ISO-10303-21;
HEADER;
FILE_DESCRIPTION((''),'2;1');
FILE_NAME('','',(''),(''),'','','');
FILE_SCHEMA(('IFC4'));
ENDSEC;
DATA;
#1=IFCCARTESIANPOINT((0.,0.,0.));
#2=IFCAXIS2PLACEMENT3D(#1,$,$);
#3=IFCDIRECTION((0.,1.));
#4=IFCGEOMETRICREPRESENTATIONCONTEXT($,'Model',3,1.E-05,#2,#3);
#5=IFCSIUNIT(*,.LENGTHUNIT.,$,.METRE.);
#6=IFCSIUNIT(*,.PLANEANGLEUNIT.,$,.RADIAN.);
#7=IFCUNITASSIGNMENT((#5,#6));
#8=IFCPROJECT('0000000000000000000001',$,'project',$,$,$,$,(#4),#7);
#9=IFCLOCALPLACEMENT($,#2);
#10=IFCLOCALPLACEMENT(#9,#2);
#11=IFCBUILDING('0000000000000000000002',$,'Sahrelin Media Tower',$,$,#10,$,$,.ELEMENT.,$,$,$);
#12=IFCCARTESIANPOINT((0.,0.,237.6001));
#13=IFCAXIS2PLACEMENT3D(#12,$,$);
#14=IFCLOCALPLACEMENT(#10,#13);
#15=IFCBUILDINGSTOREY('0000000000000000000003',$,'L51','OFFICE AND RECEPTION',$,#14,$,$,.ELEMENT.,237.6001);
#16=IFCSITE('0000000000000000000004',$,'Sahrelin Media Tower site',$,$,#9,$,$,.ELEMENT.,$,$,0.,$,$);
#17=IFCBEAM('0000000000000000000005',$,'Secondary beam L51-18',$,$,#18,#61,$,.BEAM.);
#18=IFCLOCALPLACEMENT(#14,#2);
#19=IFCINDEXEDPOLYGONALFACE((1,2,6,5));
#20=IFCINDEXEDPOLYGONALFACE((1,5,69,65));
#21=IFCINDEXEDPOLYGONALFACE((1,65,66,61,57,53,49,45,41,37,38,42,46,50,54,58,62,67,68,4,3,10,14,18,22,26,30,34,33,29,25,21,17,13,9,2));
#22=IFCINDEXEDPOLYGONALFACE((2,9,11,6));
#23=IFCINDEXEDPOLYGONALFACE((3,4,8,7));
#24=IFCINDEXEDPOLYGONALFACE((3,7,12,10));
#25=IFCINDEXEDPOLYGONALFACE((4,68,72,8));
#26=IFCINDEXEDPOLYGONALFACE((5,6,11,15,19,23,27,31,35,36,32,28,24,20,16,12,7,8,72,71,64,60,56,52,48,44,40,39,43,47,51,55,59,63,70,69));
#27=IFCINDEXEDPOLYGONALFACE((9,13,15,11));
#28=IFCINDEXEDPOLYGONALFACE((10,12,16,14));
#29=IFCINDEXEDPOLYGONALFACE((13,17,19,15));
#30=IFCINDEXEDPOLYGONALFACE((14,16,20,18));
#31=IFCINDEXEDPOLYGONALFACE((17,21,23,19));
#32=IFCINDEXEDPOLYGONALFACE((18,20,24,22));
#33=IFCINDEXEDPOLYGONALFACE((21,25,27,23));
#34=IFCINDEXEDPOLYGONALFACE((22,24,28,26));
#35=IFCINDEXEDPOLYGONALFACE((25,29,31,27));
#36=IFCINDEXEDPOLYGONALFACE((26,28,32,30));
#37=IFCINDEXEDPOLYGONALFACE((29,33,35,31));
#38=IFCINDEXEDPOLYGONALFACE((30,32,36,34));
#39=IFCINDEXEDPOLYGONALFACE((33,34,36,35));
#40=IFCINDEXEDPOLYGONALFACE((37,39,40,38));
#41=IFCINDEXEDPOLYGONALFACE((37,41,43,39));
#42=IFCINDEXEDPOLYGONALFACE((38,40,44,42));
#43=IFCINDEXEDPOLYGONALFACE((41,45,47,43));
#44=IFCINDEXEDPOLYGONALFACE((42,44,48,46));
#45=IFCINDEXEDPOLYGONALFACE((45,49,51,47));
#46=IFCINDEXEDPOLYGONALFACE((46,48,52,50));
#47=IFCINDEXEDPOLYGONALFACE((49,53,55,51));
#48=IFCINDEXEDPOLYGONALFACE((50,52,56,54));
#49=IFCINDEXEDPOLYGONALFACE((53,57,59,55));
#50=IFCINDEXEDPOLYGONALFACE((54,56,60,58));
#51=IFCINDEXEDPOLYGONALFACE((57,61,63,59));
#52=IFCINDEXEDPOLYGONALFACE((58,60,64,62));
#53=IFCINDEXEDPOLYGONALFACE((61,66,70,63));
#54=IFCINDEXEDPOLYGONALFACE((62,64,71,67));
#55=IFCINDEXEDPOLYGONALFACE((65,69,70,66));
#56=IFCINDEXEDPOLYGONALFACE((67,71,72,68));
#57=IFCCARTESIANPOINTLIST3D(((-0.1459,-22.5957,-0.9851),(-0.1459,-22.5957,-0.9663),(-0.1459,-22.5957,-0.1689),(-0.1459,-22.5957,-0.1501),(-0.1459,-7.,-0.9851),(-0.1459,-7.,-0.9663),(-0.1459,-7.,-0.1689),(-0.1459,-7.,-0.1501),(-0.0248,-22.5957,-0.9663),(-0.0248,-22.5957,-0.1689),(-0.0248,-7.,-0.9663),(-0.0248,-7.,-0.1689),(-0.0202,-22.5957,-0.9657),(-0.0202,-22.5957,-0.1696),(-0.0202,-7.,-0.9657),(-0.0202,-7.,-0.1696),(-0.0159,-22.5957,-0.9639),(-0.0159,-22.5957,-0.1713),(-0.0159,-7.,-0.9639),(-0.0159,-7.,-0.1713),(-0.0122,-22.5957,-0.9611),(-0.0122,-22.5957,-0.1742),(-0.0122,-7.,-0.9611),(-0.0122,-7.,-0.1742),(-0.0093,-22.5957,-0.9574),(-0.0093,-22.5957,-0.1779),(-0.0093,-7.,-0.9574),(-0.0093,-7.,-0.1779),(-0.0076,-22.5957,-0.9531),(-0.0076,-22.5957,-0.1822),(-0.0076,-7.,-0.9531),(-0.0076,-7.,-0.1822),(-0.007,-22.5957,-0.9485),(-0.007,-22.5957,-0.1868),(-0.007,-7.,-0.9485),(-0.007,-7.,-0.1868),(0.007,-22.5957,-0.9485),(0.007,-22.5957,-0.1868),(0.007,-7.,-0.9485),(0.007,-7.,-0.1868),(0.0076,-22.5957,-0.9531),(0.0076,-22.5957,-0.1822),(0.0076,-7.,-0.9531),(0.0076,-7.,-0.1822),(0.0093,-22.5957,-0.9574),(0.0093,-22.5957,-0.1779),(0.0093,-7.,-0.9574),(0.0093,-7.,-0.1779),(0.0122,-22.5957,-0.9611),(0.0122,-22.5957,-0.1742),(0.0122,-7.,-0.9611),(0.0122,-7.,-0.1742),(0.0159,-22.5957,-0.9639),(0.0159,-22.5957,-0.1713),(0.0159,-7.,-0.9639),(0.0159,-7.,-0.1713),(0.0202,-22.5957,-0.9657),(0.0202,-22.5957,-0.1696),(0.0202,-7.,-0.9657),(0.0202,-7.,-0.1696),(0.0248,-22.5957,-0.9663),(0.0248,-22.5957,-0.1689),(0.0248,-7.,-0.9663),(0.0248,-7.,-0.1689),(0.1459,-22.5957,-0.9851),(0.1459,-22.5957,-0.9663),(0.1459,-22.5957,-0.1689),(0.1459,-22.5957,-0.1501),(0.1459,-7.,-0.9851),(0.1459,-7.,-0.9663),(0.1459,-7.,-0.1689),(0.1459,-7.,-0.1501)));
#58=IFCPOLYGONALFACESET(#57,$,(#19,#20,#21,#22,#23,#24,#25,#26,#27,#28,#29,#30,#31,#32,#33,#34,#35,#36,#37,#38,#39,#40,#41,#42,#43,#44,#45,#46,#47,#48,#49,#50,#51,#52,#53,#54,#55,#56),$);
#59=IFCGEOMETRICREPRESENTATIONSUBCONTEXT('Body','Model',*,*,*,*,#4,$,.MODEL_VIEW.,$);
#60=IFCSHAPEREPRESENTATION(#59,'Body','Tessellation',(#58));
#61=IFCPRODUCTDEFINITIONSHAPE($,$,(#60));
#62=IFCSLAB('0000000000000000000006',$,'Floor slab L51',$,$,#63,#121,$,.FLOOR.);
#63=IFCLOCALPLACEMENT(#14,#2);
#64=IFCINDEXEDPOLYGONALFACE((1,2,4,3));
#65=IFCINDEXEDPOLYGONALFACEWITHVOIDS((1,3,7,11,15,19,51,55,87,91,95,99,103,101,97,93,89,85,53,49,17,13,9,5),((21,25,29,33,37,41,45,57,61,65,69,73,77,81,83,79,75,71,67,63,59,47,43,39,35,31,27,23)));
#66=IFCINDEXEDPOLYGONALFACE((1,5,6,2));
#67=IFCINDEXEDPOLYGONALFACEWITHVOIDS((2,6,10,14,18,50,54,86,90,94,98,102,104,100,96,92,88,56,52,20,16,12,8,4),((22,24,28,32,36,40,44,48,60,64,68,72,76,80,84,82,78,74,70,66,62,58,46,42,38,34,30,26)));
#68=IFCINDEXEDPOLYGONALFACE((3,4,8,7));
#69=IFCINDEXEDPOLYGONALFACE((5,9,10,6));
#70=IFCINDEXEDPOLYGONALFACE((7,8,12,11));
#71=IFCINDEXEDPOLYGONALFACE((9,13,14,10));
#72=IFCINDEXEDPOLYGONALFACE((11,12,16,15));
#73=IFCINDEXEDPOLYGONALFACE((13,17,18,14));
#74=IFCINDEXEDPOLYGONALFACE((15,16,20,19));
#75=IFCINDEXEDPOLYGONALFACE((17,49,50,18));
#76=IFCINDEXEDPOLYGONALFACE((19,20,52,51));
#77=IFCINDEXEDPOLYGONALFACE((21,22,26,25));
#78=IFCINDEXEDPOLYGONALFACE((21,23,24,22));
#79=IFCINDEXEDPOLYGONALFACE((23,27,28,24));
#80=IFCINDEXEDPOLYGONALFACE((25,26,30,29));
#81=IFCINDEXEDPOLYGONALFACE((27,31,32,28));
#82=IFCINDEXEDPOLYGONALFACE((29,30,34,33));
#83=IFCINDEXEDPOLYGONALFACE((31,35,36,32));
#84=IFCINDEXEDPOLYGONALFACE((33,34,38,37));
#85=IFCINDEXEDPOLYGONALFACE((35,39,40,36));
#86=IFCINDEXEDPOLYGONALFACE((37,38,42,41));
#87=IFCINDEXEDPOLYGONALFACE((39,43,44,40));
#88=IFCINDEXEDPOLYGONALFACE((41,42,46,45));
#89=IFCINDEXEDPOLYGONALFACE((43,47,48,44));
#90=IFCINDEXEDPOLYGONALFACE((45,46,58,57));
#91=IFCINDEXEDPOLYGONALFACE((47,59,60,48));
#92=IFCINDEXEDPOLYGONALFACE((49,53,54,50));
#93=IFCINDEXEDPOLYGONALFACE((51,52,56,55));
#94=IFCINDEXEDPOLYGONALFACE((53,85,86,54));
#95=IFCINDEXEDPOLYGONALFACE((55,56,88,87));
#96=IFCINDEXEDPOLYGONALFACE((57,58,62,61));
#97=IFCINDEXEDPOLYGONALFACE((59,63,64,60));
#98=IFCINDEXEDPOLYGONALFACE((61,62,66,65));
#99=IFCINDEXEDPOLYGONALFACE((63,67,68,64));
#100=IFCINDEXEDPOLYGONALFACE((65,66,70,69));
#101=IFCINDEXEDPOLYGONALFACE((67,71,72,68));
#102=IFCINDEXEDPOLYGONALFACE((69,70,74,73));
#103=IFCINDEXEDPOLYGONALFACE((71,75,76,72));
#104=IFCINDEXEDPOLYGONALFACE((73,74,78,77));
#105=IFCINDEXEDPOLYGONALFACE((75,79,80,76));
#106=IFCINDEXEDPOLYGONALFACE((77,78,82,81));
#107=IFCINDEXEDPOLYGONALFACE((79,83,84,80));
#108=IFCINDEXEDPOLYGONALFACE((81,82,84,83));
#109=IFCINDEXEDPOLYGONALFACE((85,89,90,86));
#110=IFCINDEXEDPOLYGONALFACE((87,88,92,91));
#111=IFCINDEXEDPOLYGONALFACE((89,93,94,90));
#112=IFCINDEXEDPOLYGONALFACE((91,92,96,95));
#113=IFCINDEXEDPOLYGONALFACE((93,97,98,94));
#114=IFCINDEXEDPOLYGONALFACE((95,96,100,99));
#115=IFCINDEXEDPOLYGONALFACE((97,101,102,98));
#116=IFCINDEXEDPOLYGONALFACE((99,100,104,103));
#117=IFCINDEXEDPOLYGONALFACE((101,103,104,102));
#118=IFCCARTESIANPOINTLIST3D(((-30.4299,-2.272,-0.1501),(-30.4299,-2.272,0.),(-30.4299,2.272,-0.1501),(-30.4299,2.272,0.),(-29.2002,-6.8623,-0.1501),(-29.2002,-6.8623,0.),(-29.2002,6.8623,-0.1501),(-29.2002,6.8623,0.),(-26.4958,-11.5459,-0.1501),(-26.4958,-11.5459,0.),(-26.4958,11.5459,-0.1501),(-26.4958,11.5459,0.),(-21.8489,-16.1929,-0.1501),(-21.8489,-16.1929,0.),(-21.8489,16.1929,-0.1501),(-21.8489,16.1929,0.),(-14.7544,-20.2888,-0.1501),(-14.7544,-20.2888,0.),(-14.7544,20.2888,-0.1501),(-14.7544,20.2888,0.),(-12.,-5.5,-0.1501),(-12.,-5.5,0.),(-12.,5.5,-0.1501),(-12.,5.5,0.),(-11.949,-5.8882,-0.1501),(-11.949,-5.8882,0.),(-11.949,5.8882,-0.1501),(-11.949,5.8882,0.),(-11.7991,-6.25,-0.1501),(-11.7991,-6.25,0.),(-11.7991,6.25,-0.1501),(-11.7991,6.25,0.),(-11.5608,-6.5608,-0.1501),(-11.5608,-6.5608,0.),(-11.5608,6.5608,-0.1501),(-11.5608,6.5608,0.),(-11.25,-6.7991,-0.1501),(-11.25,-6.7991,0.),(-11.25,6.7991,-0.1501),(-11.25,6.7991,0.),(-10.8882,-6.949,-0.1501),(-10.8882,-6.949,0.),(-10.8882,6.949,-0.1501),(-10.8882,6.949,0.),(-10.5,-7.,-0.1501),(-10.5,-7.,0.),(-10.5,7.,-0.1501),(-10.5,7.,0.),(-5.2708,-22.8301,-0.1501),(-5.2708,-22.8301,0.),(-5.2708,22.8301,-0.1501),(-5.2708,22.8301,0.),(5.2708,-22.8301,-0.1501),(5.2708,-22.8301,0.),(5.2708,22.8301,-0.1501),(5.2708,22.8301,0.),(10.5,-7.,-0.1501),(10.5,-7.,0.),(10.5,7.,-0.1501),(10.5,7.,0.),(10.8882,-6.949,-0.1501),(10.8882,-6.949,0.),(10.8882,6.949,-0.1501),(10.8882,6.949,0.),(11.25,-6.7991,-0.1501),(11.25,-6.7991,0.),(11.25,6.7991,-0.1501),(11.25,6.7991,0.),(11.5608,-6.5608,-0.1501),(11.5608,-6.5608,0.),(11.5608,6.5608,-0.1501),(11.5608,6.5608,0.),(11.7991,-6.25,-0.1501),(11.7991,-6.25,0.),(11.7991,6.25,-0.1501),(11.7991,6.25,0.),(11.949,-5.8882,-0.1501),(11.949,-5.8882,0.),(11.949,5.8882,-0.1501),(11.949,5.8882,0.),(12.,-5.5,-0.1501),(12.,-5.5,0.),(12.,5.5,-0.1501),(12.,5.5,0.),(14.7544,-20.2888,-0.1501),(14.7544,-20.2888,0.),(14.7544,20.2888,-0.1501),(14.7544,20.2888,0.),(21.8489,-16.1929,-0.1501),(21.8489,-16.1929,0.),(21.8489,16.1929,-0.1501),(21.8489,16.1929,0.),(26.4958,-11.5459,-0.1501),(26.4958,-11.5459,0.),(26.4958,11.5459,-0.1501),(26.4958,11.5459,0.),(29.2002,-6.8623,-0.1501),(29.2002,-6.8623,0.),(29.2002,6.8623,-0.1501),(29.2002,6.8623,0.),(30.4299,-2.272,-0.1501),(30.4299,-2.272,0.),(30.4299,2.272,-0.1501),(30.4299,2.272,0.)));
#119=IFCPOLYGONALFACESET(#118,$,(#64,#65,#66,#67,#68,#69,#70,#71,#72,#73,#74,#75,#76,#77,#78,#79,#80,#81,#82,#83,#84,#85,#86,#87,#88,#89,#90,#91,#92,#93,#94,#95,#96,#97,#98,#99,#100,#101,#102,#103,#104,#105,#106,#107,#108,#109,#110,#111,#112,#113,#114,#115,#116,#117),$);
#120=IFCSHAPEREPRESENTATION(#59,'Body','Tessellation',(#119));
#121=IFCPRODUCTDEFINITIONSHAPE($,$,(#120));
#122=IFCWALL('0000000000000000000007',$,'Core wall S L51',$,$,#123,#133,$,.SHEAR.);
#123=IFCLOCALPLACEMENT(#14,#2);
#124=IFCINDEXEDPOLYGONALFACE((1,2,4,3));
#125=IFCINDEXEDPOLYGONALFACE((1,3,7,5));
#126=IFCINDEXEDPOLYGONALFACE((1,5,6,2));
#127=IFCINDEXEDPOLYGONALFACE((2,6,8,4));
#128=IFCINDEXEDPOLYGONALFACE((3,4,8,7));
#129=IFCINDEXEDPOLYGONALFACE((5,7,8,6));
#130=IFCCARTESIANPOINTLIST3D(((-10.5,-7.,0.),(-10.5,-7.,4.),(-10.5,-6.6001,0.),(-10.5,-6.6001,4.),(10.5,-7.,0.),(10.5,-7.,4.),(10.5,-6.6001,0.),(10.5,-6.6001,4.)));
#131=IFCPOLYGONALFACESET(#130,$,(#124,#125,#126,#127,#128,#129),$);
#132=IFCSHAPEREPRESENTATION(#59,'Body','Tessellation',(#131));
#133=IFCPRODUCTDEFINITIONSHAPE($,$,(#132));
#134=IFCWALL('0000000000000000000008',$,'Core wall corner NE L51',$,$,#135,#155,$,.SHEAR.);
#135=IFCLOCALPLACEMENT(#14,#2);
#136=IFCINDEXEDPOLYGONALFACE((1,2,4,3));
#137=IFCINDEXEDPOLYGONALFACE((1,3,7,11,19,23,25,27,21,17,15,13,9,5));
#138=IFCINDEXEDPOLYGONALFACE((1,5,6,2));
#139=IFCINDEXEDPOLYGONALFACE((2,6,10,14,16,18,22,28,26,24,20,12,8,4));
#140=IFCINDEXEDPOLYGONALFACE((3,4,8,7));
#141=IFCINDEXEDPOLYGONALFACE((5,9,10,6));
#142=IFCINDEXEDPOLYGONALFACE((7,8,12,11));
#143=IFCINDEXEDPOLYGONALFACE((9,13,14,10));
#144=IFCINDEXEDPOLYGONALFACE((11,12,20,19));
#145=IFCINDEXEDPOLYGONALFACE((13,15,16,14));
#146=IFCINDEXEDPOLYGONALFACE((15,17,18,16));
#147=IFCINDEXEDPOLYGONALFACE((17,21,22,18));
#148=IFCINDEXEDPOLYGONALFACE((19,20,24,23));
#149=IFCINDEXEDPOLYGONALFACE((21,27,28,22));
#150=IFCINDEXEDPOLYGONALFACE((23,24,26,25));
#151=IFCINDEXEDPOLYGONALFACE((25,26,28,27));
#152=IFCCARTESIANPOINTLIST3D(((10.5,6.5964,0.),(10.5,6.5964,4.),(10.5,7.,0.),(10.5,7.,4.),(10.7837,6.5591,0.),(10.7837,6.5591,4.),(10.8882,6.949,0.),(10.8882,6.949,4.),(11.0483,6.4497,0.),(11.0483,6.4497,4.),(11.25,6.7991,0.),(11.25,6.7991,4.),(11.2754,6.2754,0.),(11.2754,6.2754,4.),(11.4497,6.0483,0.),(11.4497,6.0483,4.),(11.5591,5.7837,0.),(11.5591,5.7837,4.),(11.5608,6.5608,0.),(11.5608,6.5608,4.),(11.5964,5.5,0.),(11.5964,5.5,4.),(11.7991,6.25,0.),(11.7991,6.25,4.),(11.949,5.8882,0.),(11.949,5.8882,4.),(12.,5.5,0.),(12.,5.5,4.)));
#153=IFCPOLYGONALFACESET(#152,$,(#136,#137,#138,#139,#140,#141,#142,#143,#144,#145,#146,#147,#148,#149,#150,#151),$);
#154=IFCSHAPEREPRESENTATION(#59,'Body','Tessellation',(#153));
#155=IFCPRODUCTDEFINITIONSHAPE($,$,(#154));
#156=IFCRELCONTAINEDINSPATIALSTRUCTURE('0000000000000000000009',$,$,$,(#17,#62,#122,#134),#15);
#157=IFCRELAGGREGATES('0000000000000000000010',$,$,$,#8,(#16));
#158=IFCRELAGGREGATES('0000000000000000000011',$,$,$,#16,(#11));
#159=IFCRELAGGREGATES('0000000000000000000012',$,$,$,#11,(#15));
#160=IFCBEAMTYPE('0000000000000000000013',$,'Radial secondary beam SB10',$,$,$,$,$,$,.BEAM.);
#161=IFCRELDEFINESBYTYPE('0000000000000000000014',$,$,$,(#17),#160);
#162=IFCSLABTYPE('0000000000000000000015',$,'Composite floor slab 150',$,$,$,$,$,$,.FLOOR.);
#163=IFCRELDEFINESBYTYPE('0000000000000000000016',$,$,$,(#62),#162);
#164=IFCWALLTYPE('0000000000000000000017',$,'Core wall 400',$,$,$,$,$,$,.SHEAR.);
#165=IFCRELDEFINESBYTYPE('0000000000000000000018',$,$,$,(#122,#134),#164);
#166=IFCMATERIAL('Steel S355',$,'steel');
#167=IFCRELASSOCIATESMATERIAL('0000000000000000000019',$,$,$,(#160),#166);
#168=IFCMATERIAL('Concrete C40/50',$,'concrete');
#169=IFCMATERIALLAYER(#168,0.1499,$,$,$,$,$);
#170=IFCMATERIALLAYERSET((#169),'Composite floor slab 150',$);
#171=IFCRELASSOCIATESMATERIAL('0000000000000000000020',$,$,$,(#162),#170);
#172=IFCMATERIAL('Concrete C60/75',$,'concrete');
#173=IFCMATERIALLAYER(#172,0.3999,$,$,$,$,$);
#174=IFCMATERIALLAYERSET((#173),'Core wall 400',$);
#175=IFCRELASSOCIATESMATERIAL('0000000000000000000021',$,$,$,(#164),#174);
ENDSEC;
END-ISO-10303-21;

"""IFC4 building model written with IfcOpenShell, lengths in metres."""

from ifc_helpers import new_model, si_unit, direction, frame, frame_2d, origin, origin_2d, place, context, subcontext, project, spatial, polyline, rectangle, i_section, outline, extrude, material, layer, layer_set, material_profile, profile_set, type_object, element, save


model = new_model("IFC4")

# Units and contexts
model_context = context("Model", 3, precision=1e-05, world=origin(), true_north=direction((0.0, 1.0)))
body_context = subcontext(model_context, "Body", "Model", "MODEL_VIEW")
ifc_project = project(units=[si_unit("LENGTHUNIT", "METRE"), si_unit("PLANEANGLEUNIT", "RADIAN")], contexts=[model_context])

# Site, building, storey
site_placement = place(None, origin())
site = spatial("IfcSite", under=ifc_project, at=site_placement, Name="Sahrelin Media Tower site", CompositionType="ELEMENT", RefElevation=0.0)
building_placement = place(site_placement, origin())
building = spatial("IfcBuilding", under=site, at=building_placement, Name="Sahrelin Media Tower", CompositionType="ELEMENT")
storey_placement = place(building_placement, frame((0.0, 0.0, 237.6001)))
storey = spatial("IfcBuildingStorey", under=building, at=storey_placement, Name="L51", Description="OFFICE AND RECEPTION", CompositionType="ELEMENT", Elevation=237.6001)

# Beam
ifc_material_1 = material(Name="Steel S355", Category="steel")
ifc_material_profile = material_profile(ifc_material_1, i_section(OverallWidth=0.2917, OverallDepth=0.835, WebThickness=0.0139, FlangeThickness=0.0188, FilletRadius=0.0178, at=origin_2d()), Name="UB 838x292x176")
ifc_profile_set = profile_set([ifc_material_profile], Name="Steel S355")
beam_type = type_object("IfcBeamType", Name="Radial secondary beam SB10", PredefinedType="BEAM", material=ifc_profile_set)
beam_placement = place(storey_placement, frame((0.0, -7.0, -0.5676), z_axis=(0.0, -1.0, 0.0), x_axis=(1.0, 0.0, 0.0)))
element("IfcBeam", 1, at=beam_placement, inside=storey, type_object=beam_type, Name="Secondary beam L51-18", PredefinedType="BEAM", context=body_context, shape_type="SweptSolid", body=[
    extrude(i_section(OverallWidth=0.2917, OverallDepth=0.835, WebThickness=0.0139, FlangeThickness=0.0188, FilletRadius=0.0178, at=origin_2d()), origin(), (0.0, 0.0, 1.0), 15.5957),
])

# Slab
ifc_material_2 = material(Name="Concrete C40/50", Category="concrete")
ifc_layer_1 = layer(ifc_material_2, 0.1499)
ifc_layer_set_1 = layer_set([ifc_layer_1], Name="Composite floor slab 150")
slab_type = type_object("IfcSlabType", Name="Composite floor slab 150", PredefinedType="FLOOR", material=ifc_layer_set_1)
slab_placement = place(storey_placement, frame((0.0, 0.0, -0.1501)))
element("IfcSlab", 2, at=slab_placement, inside=storey, type_object=slab_type, Name="Floor slab L51", PredefinedType="FLOOR", context=body_context, shape_type="SweptSolid", body=[
    extrude(outline(polyline([(30.4299, -2.272), (30.4299, 2.272), (29.2002, 6.8623), (26.4958, 11.5459), (21.8489, 16.1929), (14.7544, 20.2888), (5.2708, 22.8301), (-5.2708, 22.8301), (-14.7544, 20.2888), (-21.8489, 16.1929), (-26.4958, 11.5459), (-29.2002, 6.8623), (-30.4299, 2.272), (-30.4299, -2.272), (-29.2002, -6.8623), (-26.4958, -11.5459), (-21.8489, -16.1929), (-14.7544, -20.2888), (-5.2708, -22.8301), (5.2708, -22.8301), (14.7544, -20.2888), (21.8489, -16.1929), (26.4958, -11.5459), (29.2002, -6.8623), (30.4299, -2.272)]), holes=[polyline([(11.949, 5.8882), (12.0, 5.5), (12.0, -5.5), (11.949, -5.8882), (11.7991, -6.25), (11.5608, -6.5608), (11.25, -6.7991), (10.8882, -6.949), (10.5, -7.0), (-10.5, -7.0), (-10.8882, -6.949), (-11.25, -6.7991), (-11.5608, -6.5608), (-11.7991, -6.25), (-11.949, -5.8882), (-12.0, -5.5), (-12.0, 5.5), (-11.949, 5.8882), (-11.7991, 6.25), (-11.5608, 6.5608), (-11.25, 6.7991), (-10.8882, 6.949), (-10.5, 7.0), (10.5, 7.0), (10.8882, 6.949), (11.25, 6.7991), (11.5608, 6.5608), (11.7991, 6.25), (11.949, 5.8882)])]), origin(), (0.0, 0.0, 1.0), 0.1501),
])

# Walls
ifc_material_3 = material(Name="Concrete C60/75", Category="concrete")
ifc_layer_2 = layer(ifc_material_3, 0.3999)
ifc_layer_set_2 = layer_set([ifc_layer_2], Name="Core wall 400")
wall_type_1 = type_object("IfcWallType", Name="Core wall 400", PredefinedType="SHEAR", material=ifc_layer_set_2)
wall_1_placement = place(storey_placement, frame((-10.5, -6.8, 0.0), z_axis=(0.0, 0.0, 1.0), x_axis=(1.0, 0.0, 0.0)))
element("IfcWall", 3, at=wall_1_placement, inside=storey, type_object=wall_type_1, Name="Core wall S L51", PredefinedType="SHEAR", context=body_context, shape_type="SweptSolid", body=[
    extrude(rectangle(XDim=21.0, YDim=0.3999, at=frame_2d((10.5, 0.0))), origin(), (0.0, 0.0, 1.0), 4.0),
])
wall_2_placement = place(storey_placement, origin())
element("IfcWall", 4, at=wall_2_placement, inside=storey, type_object=wall_type_1, Name="Core wall corner NE L51", PredefinedType="SHEAR", context=body_context, shape_type="SweptSolid", body=[
    extrude(outline(polyline([(10.5, 7.0), (10.5, 6.5964), (10.7837, 6.5591), (11.0483, 6.4497), (11.2754, 6.2754), (11.4497, 6.0483), (11.5591, 5.7837), (11.5964, 5.5), (12.0, 5.5), (11.949, 5.8882), (11.7991, 6.25), (11.5608, 6.5608), (11.25, 6.7991), (10.8882, 6.949), (10.5, 7.0)])), origin(), (0.0, 0.0, 1.0), 4.0),
])

save(model, "model.ifc")
